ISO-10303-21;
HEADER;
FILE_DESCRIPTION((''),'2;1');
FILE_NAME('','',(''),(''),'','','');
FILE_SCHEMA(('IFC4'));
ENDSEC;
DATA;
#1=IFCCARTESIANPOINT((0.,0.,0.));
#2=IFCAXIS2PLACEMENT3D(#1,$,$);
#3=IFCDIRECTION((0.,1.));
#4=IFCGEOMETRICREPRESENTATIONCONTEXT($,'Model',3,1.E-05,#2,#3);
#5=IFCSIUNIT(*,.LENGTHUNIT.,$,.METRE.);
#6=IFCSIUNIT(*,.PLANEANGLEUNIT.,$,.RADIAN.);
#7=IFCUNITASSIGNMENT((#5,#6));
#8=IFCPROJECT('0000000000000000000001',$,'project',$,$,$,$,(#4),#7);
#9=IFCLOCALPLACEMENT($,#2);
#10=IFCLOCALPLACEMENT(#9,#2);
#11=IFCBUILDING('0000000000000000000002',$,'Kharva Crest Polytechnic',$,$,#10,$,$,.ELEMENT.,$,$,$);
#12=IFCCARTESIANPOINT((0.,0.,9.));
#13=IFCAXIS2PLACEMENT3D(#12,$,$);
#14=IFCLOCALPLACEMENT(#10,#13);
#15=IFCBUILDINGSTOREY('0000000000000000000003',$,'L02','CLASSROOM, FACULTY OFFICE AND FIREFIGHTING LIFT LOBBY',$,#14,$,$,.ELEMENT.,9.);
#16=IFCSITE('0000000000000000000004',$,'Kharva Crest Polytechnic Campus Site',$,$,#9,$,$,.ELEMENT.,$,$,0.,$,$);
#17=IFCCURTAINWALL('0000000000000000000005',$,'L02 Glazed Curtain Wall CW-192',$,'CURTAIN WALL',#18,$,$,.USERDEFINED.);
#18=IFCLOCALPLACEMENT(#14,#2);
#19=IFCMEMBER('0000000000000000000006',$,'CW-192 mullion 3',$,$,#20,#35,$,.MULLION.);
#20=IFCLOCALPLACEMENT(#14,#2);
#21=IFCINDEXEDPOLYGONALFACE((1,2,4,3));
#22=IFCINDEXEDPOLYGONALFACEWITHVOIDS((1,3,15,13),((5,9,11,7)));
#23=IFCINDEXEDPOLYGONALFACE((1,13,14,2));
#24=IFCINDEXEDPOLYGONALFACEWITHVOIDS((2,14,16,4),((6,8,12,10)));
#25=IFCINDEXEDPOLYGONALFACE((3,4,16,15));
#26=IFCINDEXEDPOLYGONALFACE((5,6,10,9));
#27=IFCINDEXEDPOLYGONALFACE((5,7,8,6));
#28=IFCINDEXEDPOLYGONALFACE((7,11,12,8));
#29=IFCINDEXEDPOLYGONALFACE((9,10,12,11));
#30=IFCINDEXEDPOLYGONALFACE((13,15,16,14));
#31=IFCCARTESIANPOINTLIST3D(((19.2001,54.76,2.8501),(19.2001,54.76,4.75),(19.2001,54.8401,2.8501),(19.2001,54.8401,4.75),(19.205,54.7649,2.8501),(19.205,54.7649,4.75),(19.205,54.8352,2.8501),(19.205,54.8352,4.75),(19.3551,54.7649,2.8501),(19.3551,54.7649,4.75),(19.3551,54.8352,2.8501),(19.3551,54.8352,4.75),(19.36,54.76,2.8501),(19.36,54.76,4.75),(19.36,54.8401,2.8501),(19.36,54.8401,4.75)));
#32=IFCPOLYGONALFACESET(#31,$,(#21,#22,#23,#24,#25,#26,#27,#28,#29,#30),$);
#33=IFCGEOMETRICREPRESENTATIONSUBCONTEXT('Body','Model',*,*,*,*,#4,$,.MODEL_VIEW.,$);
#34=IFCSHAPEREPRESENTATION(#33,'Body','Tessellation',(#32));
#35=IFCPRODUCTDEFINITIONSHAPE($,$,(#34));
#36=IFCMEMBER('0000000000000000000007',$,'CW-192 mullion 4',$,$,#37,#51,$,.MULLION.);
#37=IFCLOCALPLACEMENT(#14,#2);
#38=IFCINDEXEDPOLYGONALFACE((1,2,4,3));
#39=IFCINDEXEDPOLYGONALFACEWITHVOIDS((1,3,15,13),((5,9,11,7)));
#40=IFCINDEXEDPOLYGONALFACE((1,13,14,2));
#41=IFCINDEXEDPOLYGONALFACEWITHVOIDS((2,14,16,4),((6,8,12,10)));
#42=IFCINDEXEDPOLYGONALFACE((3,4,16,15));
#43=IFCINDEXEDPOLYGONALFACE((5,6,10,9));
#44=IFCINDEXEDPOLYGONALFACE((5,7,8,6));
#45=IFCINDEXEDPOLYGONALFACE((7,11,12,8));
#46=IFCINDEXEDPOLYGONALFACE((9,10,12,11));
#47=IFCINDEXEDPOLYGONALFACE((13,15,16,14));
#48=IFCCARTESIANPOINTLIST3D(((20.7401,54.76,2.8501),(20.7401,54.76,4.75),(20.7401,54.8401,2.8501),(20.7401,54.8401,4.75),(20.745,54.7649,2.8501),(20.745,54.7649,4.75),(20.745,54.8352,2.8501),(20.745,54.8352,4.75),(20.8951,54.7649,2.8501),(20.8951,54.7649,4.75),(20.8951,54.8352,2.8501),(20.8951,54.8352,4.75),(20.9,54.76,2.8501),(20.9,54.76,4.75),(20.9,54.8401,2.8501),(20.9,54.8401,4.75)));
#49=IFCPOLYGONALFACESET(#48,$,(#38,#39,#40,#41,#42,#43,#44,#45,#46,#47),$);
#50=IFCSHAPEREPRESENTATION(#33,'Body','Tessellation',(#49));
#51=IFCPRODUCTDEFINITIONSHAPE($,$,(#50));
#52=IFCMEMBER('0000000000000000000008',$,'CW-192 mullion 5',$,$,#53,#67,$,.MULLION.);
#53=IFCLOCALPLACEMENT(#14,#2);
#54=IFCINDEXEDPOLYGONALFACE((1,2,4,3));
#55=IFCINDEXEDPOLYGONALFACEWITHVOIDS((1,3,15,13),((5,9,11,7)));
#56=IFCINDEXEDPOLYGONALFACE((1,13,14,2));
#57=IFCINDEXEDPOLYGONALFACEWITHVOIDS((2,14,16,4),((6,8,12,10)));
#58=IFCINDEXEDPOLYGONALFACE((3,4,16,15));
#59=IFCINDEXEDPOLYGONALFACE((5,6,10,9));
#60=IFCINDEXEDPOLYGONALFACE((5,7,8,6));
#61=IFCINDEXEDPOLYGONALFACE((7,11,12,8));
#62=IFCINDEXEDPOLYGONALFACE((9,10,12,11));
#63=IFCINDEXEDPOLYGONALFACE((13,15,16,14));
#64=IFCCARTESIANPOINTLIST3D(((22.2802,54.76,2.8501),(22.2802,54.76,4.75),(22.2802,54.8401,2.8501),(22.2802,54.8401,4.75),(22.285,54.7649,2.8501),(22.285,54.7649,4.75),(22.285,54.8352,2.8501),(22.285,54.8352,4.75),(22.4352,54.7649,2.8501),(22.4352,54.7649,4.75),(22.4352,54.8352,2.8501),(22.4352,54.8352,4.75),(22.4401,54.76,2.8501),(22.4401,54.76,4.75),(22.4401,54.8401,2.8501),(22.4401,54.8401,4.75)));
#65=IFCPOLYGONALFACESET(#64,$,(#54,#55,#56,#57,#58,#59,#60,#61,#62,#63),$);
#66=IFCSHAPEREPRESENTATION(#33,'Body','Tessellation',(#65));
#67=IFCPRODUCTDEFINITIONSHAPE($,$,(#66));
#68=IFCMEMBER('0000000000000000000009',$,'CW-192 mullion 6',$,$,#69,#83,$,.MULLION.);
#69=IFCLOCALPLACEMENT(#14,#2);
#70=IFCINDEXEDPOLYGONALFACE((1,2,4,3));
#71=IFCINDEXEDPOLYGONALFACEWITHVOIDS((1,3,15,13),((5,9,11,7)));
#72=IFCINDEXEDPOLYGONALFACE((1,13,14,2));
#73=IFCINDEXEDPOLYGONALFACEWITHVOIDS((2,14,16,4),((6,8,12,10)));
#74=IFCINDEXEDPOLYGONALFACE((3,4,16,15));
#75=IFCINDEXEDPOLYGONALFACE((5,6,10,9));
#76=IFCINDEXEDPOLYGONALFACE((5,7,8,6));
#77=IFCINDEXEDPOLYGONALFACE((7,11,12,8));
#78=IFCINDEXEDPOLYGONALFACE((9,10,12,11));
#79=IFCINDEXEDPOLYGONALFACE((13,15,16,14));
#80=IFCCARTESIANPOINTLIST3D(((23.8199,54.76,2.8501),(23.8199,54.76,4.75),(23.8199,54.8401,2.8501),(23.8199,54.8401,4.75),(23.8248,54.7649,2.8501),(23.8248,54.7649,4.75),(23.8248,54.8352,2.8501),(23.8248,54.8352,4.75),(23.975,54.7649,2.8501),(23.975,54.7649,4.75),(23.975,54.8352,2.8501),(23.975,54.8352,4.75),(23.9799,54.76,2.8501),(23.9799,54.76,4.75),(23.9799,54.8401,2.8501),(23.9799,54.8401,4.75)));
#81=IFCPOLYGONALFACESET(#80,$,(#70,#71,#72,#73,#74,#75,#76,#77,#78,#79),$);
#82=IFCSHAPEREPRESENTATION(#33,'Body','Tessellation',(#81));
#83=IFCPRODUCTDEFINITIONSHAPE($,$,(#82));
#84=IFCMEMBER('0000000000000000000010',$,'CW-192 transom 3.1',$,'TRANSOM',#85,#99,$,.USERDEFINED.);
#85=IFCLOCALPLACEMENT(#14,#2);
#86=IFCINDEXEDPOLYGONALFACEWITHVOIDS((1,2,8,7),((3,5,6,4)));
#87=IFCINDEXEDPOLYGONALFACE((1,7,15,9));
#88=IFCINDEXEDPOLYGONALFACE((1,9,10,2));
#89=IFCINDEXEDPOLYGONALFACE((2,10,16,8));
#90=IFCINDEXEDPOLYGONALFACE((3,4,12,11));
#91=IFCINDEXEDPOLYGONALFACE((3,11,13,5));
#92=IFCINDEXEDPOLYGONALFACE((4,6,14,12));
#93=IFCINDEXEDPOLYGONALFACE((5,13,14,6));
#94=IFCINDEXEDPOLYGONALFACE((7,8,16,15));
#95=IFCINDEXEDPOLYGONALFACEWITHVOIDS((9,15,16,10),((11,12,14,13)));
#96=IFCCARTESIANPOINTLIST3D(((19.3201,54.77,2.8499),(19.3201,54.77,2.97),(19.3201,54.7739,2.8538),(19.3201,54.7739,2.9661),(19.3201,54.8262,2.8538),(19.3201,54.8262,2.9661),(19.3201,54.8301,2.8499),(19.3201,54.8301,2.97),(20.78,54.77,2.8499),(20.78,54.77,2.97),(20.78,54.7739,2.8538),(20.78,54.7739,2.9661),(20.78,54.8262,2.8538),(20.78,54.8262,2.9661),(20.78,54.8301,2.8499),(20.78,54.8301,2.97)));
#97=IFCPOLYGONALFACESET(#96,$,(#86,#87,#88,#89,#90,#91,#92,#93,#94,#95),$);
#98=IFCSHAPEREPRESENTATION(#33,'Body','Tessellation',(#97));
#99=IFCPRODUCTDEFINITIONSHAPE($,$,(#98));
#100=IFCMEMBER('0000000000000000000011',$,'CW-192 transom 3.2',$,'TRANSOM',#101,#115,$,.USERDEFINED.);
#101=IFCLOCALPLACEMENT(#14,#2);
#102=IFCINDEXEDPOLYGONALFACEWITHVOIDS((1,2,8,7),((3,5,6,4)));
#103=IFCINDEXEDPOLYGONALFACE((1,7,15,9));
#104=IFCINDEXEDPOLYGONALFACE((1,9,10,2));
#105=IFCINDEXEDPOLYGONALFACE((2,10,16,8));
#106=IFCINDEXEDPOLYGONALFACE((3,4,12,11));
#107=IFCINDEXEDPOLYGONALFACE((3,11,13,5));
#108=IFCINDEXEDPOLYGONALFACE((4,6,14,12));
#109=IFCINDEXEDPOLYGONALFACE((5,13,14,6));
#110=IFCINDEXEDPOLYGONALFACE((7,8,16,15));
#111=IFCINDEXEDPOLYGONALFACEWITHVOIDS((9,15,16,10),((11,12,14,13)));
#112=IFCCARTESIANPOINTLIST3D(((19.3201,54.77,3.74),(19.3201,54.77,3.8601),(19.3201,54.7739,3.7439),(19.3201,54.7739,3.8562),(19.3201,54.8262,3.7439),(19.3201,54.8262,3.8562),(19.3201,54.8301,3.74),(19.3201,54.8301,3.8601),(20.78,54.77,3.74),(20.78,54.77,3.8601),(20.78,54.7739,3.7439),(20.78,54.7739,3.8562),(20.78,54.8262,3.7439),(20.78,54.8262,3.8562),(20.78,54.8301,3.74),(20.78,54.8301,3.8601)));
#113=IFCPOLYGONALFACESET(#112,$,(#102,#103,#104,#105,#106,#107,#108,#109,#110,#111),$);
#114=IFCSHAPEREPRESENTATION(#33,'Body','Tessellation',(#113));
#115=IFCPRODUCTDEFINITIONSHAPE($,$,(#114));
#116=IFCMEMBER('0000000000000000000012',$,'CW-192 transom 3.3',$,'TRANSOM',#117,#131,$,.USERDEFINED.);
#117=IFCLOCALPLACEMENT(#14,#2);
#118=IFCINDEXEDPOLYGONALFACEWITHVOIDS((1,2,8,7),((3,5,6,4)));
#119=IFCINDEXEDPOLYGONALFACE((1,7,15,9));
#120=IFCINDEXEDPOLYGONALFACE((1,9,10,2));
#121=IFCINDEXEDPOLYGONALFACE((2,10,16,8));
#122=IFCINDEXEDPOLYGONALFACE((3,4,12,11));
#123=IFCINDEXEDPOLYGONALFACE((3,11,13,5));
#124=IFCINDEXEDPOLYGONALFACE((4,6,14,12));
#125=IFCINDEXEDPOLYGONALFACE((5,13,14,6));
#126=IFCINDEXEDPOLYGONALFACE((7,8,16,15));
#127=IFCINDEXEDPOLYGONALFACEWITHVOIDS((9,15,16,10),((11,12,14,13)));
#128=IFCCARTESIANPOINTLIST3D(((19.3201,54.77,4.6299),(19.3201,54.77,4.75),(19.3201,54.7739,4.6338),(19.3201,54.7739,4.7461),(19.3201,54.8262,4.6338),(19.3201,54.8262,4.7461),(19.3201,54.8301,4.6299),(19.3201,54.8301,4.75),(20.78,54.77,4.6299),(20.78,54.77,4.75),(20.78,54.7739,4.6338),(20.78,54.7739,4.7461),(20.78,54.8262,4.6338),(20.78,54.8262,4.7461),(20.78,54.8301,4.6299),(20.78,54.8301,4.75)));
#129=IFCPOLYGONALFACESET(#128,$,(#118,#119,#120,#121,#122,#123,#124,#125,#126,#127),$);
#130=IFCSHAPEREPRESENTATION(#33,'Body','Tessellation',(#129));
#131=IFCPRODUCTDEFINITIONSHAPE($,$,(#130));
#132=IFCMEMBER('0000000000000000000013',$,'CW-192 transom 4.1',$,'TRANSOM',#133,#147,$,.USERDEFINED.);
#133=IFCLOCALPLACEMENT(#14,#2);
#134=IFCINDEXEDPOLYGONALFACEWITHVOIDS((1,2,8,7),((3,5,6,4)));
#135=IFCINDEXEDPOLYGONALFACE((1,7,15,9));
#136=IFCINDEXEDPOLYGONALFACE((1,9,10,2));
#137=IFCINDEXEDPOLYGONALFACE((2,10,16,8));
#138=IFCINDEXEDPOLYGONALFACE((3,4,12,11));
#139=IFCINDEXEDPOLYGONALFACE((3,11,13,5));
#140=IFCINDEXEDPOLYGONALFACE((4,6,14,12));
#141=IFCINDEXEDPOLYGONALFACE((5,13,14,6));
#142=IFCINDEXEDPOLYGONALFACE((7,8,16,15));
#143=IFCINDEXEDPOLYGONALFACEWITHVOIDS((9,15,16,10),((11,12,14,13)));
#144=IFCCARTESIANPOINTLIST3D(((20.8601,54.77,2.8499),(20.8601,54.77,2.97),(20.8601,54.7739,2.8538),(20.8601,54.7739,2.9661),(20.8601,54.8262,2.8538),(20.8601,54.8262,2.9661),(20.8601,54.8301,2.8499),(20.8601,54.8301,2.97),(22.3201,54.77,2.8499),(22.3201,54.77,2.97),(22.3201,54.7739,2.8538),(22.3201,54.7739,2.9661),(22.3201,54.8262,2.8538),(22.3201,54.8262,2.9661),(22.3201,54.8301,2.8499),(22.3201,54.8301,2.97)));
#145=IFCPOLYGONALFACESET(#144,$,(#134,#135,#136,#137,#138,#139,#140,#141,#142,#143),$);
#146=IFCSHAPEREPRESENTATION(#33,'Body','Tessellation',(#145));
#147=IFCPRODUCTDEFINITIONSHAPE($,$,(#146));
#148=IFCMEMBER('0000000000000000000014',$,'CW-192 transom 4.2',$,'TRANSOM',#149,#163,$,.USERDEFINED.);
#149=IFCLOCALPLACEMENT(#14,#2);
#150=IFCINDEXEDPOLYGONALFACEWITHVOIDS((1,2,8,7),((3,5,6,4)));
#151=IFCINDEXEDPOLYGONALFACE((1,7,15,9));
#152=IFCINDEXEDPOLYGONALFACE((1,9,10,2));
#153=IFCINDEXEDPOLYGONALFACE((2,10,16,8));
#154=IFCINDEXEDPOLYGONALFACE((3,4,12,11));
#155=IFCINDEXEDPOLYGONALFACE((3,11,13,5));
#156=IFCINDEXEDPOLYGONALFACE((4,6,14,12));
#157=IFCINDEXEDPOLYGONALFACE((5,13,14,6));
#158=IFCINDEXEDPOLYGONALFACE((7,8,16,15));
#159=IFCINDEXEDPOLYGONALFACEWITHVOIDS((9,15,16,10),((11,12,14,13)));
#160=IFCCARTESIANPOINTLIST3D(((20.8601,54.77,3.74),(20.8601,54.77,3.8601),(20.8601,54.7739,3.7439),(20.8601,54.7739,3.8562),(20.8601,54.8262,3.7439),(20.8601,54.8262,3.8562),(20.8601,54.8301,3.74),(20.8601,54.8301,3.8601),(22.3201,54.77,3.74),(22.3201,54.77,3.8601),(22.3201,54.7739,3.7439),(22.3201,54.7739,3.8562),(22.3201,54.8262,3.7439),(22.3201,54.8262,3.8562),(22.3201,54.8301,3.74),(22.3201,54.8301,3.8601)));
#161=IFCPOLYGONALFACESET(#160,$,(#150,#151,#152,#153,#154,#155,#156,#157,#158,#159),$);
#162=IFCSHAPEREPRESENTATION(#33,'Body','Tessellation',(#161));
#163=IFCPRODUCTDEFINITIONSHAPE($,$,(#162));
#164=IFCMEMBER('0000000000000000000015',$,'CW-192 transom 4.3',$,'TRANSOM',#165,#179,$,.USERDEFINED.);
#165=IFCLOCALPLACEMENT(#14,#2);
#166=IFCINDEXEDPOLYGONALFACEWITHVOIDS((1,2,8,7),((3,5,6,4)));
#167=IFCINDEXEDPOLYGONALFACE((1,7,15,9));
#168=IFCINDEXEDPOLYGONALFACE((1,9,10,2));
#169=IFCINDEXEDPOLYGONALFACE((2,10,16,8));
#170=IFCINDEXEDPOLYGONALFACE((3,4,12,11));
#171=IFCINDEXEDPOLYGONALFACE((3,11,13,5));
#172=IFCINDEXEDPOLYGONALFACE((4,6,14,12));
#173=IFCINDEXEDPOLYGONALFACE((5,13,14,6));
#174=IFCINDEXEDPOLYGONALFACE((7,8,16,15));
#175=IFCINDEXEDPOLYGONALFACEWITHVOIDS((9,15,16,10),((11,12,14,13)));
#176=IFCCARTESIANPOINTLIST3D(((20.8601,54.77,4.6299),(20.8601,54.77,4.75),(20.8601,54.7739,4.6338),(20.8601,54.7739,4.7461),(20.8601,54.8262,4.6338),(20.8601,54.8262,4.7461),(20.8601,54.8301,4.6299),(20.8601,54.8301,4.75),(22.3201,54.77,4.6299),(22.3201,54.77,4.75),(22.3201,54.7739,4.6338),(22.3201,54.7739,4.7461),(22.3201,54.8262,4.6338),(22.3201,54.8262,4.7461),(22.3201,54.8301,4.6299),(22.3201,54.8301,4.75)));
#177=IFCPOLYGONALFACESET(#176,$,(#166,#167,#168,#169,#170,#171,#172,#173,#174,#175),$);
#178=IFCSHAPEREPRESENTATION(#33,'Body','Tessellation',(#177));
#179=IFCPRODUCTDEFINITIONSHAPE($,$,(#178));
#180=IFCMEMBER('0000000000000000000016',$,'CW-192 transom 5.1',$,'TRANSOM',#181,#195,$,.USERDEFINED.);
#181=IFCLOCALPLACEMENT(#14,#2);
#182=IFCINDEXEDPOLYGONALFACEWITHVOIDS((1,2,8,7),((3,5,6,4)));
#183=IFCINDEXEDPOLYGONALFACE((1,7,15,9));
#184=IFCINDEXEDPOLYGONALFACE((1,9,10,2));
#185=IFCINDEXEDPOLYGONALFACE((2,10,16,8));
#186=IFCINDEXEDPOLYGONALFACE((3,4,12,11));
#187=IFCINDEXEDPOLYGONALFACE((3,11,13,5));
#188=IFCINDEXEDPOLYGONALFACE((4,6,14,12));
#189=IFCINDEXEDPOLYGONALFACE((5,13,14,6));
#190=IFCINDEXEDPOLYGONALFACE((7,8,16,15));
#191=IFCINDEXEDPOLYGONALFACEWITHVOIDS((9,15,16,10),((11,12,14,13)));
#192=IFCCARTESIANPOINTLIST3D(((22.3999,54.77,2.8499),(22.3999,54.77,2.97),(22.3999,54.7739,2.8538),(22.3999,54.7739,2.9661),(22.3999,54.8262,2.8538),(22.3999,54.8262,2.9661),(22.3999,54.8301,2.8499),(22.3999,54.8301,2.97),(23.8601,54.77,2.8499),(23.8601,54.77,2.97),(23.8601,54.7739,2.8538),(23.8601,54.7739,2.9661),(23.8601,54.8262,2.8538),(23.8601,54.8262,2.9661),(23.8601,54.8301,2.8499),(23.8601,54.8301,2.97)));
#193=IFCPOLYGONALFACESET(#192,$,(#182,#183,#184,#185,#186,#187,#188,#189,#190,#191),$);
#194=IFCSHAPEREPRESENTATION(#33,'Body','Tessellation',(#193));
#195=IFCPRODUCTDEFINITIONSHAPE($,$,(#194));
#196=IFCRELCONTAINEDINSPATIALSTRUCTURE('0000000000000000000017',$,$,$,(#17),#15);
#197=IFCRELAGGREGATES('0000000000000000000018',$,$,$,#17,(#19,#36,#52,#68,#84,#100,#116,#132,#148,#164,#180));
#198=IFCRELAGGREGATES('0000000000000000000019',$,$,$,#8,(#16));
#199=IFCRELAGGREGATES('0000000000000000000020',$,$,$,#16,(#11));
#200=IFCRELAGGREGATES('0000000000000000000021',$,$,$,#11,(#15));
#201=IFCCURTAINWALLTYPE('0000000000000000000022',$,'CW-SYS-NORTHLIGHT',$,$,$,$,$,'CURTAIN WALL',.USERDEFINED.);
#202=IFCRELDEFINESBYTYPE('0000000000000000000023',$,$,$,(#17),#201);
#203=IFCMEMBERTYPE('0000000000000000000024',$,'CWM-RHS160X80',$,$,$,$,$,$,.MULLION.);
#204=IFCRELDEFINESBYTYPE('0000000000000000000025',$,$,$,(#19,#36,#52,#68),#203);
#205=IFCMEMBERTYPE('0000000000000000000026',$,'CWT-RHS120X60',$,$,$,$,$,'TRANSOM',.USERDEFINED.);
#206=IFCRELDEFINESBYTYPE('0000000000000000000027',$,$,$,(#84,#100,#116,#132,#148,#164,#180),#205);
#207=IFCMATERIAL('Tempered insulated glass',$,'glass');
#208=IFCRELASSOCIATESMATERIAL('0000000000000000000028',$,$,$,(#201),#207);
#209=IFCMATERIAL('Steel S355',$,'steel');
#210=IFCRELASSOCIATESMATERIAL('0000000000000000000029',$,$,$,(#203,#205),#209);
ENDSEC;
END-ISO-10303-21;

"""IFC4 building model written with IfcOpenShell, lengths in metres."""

from ifc_helpers import new_model, si_unit, direction, frame, origin, origin_2d, place, context, subcontext, project, spatial, hollow_rectangle, extrude, material, material_profile, profile_set, type_object, element, aggregate, save


model = new_model("IFC4")

# Units and contexts
model_context = context("Model", 3, precision=1e-05, world=origin(), true_north=direction((0.0, 1.0)))
body_context = subcontext(model_context, "Body", "Model", "MODEL_VIEW")
ifc_project = project(units=[si_unit("LENGTHUNIT", "METRE"), si_unit("PLANEANGLEUNIT", "RADIAN")], contexts=[model_context])

# Site, building, storey
site_placement = place(None, origin())
site = spatial("IfcSite", under=ifc_project, at=site_placement, Name="Kharva Crest Polytechnic Campus Site", CompositionType="ELEMENT", RefElevation=0.0)
building_placement = place(site_placement, origin())
building = spatial("IfcBuilding", under=site, at=building_placement, Name="Kharva Crest Polytechnic", CompositionType="ELEMENT")
storey_placement = place(building_placement, frame((0.0, 0.0, 9.0)))
storey = spatial("IfcBuildingStorey", under=building, at=storey_placement, Name="L02", Description="CLASSROOM, FACULTY OFFICE AND FIREFIGHTING LIFT LOBBY", CompositionType="ELEMENT", Elevation=9.0)

# Curtain wall, members
ifc_material_1 = material(Name="Tempered insulated glass", Category="glass")
curtain_wall_type = type_object("IfcCurtainWallType", Name="CW-SYS-NORTHLIGHT", ElementType="CURTAIN WALL", PredefinedType="USERDEFINED", material=ifc_material_1)
curtain_wall_placement = place(storey_placement, origin())
curtain_wall = element("IfcCurtainWall", 1, at=curtain_wall_placement, inside=storey, type_object=curtain_wall_type, Name="L02 Glazed Curtain Wall CW-192", ObjectType="CURTAIN WALL", PredefinedType="USERDEFINED")
ifc_material_2 = material(Name="Steel S355", Category="steel")
ifc_material_profile_1 = material_profile(ifc_material_2, hollow_rectangle(XDim=0.0801, YDim=0.1599, WallThickness=0.0049, at=origin_2d()), Name="RHS 160X80X5.0")
ifc_profile_set_1 = profile_set([ifc_material_profile_1], Name="Steel S355")
member_type_1 = type_object("IfcMemberType", Name="CWM-RHS160X80", PredefinedType="MULLION", material=ifc_profile_set_1)
member_1_placement = place(storey_placement, frame((19.28, 54.8, 2.8501), z_axis=(0.0, 0.0, 1.0), x_axis=(0.0, 1.0, 0.0)))
member_1 = element("IfcMember", 2, at=member_1_placement, type_object=member_type_1, Name="CW-192 mullion 3", PredefinedType="MULLION", context=body_context, shape_type="SweptSolid", body=[
    extrude(hollow_rectangle(XDim=0.0801, YDim=0.1599, WallThickness=0.0049, at=origin_2d()), origin(), (0.0, 0.0, 1.0), 1.8999),
])
member_2_placement = place(storey_placement, frame((20.8201, 54.8, 2.8501), z_axis=(0.0, 0.0, 1.0), x_axis=(0.0, 1.0, 0.0)))
member_2 = element("IfcMember", 3, at=member_2_placement, type_object=member_type_1, Name="CW-192 mullion 4", PredefinedType="MULLION", context=body_context, shape_type="SweptSolid", body=[
    extrude(hollow_rectangle(XDim=0.0801, YDim=0.1599, WallThickness=0.0049, at=origin_2d()), origin(), (0.0, 0.0, 1.0), 1.8999),
])
member_3_placement = place(storey_placement, frame((22.3601, 54.8, 2.8501), z_axis=(0.0, 0.0, 1.0), x_axis=(0.0, 1.0, 0.0)))
member_3 = element("IfcMember", 4, at=member_3_placement, type_object=member_type_1, Name="CW-192 mullion 5", PredefinedType="MULLION", context=body_context, shape_type="SweptSolid", body=[
    extrude(hollow_rectangle(XDim=0.0801, YDim=0.1599, WallThickness=0.0049, at=origin_2d()), origin(), (0.0, 0.0, 1.0), 1.8999),
])
member_4_placement = place(storey_placement, frame((23.8999, 54.8, 2.8501), z_axis=(0.0, 0.0, 1.0), x_axis=(0.0, 1.0, 0.0)))
member_4 = element("IfcMember", 5, at=member_4_placement, type_object=member_type_1, Name="CW-192 mullion 6", PredefinedType="MULLION", context=body_context, shape_type="SweptSolid", body=[
    extrude(hollow_rectangle(XDim=0.0801, YDim=0.1599, WallThickness=0.0049, at=origin_2d()), origin(), (0.0, 0.0, 1.0), 1.8999),
])
ifc_material_profile_2 = material_profile(ifc_material_2, hollow_rectangle(XDim=0.0601, YDim=0.1201, WallThickness=0.0039, at=origin_2d()), Name="RHS 120X60X4.0")
ifc_profile_set_2 = profile_set([ifc_material_profile_2], Name="Steel S355")
member_type_2 = type_object("IfcMemberType", Name="CWT-RHS120X60", ElementType="TRANSOM", PredefinedType="USERDEFINED", material=ifc_profile_set_2)
member_5_placement = place(storey_placement, frame((19.3201, 54.8, 2.9099), z_axis=(1.0, 0.0, 0.0), x_axis=(0.0, 1.0, 0.0)))
member_5 = element("IfcMember", 6, at=member_5_placement, type_object=member_type_2, Name="CW-192 transom 3.1", ObjectType="TRANSOM", PredefinedType="USERDEFINED", context=body_context, shape_type="SweptSolid", body=[
    extrude(hollow_rectangle(XDim=0.0601, YDim=0.1201, WallThickness=0.0039, at=origin_2d()), origin(), (0.0, 0.0, 1.0), 1.46),
])
member_6_placement = place(storey_placement, frame((19.3201, 54.8, 3.8), z_axis=(1.0, 0.0, 0.0), x_axis=(0.0, 1.0, 0.0)))
member_6 = element("IfcMember", 7, at=member_6_placement, type_object=member_type_2, Name="CW-192 transom 3.2", ObjectType="TRANSOM", PredefinedType="USERDEFINED", context=body_context, shape_type="SweptSolid", body=[
    extrude(hollow_rectangle(XDim=0.0601, YDim=0.1201, WallThickness=0.0039, at=origin_2d()), origin(), (0.0, 0.0, 1.0), 1.46),
])
member_7_placement = place(storey_placement, frame((19.3201, 54.8, 4.6899), z_axis=(1.0, 0.0, 0.0), x_axis=(0.0, 1.0, 0.0)))
member_7 = element("IfcMember", 8, at=member_7_placement, type_object=member_type_2, Name="CW-192 transom 3.3", ObjectType="TRANSOM", PredefinedType="USERDEFINED", context=body_context, shape_type="SweptSolid", body=[
    extrude(hollow_rectangle(XDim=0.0601, YDim=0.1201, WallThickness=0.0039, at=origin_2d()), origin(), (0.0, 0.0, 1.0), 1.46),
])
member_8_placement = place(storey_placement, frame((20.8601, 54.8, 2.9099), z_axis=(1.0, 0.0, 0.0), x_axis=(0.0, 1.0, 0.0)))
member_8 = element("IfcMember", 9, at=member_8_placement, type_object=member_type_2, Name="CW-192 transom 4.1", ObjectType="TRANSOM", PredefinedType="USERDEFINED", context=body_context, shape_type="SweptSolid", body=[
    extrude(hollow_rectangle(XDim=0.0601, YDim=0.1201, WallThickness=0.0039, at=origin_2d()), origin(), (0.0, 0.0, 1.0), 1.46),
])
member_9_placement = place(storey_placement, frame((20.8601, 54.8, 3.8), z_axis=(1.0, 0.0, 0.0), x_axis=(0.0, 1.0, 0.0)))
member_9 = element("IfcMember", 10, at=member_9_placement, type_object=member_type_2, Name="CW-192 transom 4.2", ObjectType="TRANSOM", PredefinedType="USERDEFINED", context=body_context, shape_type="SweptSolid", body=[
    extrude(hollow_rectangle(XDim=0.0601, YDim=0.1201, WallThickness=0.0039, at=origin_2d()), origin(), (0.0, 0.0, 1.0), 1.46),
])
member_10_placement = place(storey_placement, frame((20.8601, 54.8, 4.6899), z_axis=(1.0, 0.0, 0.0), x_axis=(0.0, 1.0, 0.0)))
member_10 = element("IfcMember", 11, at=member_10_placement, type_object=member_type_2, Name="CW-192 transom 4.3", ObjectType="TRANSOM", PredefinedType="USERDEFINED", context=body_context, shape_type="SweptSolid", body=[
    extrude(hollow_rectangle(XDim=0.0601, YDim=0.1201, WallThickness=0.0039, at=origin_2d()), origin(), (0.0, 0.0, 1.0), 1.46),
])
member_11_placement = place(storey_placement, frame((22.3999, 54.8, 2.9099), z_axis=(1.0, 0.0, 0.0), x_axis=(0.0, 1.0, 0.0)))
member_11 = element("IfcMember", 12, at=member_11_placement, type_object=member_type_2, Name="CW-192 transom 5.1", ObjectType="TRANSOM", PredefinedType="USERDEFINED", context=body_context, shape_type="SweptSolid", body=[
    extrude(hollow_rectangle(XDim=0.0601, YDim=0.1201, WallThickness=0.0039, at=origin_2d()), origin(), (0.0, 0.0, 1.0), 1.4602),
])

aggregate(curtain_wall, [member_1, member_2, member_3, member_4, member_5, member_6, member_7, member_8, member_9, member_10, member_11])

save(model, "model.ifc")
